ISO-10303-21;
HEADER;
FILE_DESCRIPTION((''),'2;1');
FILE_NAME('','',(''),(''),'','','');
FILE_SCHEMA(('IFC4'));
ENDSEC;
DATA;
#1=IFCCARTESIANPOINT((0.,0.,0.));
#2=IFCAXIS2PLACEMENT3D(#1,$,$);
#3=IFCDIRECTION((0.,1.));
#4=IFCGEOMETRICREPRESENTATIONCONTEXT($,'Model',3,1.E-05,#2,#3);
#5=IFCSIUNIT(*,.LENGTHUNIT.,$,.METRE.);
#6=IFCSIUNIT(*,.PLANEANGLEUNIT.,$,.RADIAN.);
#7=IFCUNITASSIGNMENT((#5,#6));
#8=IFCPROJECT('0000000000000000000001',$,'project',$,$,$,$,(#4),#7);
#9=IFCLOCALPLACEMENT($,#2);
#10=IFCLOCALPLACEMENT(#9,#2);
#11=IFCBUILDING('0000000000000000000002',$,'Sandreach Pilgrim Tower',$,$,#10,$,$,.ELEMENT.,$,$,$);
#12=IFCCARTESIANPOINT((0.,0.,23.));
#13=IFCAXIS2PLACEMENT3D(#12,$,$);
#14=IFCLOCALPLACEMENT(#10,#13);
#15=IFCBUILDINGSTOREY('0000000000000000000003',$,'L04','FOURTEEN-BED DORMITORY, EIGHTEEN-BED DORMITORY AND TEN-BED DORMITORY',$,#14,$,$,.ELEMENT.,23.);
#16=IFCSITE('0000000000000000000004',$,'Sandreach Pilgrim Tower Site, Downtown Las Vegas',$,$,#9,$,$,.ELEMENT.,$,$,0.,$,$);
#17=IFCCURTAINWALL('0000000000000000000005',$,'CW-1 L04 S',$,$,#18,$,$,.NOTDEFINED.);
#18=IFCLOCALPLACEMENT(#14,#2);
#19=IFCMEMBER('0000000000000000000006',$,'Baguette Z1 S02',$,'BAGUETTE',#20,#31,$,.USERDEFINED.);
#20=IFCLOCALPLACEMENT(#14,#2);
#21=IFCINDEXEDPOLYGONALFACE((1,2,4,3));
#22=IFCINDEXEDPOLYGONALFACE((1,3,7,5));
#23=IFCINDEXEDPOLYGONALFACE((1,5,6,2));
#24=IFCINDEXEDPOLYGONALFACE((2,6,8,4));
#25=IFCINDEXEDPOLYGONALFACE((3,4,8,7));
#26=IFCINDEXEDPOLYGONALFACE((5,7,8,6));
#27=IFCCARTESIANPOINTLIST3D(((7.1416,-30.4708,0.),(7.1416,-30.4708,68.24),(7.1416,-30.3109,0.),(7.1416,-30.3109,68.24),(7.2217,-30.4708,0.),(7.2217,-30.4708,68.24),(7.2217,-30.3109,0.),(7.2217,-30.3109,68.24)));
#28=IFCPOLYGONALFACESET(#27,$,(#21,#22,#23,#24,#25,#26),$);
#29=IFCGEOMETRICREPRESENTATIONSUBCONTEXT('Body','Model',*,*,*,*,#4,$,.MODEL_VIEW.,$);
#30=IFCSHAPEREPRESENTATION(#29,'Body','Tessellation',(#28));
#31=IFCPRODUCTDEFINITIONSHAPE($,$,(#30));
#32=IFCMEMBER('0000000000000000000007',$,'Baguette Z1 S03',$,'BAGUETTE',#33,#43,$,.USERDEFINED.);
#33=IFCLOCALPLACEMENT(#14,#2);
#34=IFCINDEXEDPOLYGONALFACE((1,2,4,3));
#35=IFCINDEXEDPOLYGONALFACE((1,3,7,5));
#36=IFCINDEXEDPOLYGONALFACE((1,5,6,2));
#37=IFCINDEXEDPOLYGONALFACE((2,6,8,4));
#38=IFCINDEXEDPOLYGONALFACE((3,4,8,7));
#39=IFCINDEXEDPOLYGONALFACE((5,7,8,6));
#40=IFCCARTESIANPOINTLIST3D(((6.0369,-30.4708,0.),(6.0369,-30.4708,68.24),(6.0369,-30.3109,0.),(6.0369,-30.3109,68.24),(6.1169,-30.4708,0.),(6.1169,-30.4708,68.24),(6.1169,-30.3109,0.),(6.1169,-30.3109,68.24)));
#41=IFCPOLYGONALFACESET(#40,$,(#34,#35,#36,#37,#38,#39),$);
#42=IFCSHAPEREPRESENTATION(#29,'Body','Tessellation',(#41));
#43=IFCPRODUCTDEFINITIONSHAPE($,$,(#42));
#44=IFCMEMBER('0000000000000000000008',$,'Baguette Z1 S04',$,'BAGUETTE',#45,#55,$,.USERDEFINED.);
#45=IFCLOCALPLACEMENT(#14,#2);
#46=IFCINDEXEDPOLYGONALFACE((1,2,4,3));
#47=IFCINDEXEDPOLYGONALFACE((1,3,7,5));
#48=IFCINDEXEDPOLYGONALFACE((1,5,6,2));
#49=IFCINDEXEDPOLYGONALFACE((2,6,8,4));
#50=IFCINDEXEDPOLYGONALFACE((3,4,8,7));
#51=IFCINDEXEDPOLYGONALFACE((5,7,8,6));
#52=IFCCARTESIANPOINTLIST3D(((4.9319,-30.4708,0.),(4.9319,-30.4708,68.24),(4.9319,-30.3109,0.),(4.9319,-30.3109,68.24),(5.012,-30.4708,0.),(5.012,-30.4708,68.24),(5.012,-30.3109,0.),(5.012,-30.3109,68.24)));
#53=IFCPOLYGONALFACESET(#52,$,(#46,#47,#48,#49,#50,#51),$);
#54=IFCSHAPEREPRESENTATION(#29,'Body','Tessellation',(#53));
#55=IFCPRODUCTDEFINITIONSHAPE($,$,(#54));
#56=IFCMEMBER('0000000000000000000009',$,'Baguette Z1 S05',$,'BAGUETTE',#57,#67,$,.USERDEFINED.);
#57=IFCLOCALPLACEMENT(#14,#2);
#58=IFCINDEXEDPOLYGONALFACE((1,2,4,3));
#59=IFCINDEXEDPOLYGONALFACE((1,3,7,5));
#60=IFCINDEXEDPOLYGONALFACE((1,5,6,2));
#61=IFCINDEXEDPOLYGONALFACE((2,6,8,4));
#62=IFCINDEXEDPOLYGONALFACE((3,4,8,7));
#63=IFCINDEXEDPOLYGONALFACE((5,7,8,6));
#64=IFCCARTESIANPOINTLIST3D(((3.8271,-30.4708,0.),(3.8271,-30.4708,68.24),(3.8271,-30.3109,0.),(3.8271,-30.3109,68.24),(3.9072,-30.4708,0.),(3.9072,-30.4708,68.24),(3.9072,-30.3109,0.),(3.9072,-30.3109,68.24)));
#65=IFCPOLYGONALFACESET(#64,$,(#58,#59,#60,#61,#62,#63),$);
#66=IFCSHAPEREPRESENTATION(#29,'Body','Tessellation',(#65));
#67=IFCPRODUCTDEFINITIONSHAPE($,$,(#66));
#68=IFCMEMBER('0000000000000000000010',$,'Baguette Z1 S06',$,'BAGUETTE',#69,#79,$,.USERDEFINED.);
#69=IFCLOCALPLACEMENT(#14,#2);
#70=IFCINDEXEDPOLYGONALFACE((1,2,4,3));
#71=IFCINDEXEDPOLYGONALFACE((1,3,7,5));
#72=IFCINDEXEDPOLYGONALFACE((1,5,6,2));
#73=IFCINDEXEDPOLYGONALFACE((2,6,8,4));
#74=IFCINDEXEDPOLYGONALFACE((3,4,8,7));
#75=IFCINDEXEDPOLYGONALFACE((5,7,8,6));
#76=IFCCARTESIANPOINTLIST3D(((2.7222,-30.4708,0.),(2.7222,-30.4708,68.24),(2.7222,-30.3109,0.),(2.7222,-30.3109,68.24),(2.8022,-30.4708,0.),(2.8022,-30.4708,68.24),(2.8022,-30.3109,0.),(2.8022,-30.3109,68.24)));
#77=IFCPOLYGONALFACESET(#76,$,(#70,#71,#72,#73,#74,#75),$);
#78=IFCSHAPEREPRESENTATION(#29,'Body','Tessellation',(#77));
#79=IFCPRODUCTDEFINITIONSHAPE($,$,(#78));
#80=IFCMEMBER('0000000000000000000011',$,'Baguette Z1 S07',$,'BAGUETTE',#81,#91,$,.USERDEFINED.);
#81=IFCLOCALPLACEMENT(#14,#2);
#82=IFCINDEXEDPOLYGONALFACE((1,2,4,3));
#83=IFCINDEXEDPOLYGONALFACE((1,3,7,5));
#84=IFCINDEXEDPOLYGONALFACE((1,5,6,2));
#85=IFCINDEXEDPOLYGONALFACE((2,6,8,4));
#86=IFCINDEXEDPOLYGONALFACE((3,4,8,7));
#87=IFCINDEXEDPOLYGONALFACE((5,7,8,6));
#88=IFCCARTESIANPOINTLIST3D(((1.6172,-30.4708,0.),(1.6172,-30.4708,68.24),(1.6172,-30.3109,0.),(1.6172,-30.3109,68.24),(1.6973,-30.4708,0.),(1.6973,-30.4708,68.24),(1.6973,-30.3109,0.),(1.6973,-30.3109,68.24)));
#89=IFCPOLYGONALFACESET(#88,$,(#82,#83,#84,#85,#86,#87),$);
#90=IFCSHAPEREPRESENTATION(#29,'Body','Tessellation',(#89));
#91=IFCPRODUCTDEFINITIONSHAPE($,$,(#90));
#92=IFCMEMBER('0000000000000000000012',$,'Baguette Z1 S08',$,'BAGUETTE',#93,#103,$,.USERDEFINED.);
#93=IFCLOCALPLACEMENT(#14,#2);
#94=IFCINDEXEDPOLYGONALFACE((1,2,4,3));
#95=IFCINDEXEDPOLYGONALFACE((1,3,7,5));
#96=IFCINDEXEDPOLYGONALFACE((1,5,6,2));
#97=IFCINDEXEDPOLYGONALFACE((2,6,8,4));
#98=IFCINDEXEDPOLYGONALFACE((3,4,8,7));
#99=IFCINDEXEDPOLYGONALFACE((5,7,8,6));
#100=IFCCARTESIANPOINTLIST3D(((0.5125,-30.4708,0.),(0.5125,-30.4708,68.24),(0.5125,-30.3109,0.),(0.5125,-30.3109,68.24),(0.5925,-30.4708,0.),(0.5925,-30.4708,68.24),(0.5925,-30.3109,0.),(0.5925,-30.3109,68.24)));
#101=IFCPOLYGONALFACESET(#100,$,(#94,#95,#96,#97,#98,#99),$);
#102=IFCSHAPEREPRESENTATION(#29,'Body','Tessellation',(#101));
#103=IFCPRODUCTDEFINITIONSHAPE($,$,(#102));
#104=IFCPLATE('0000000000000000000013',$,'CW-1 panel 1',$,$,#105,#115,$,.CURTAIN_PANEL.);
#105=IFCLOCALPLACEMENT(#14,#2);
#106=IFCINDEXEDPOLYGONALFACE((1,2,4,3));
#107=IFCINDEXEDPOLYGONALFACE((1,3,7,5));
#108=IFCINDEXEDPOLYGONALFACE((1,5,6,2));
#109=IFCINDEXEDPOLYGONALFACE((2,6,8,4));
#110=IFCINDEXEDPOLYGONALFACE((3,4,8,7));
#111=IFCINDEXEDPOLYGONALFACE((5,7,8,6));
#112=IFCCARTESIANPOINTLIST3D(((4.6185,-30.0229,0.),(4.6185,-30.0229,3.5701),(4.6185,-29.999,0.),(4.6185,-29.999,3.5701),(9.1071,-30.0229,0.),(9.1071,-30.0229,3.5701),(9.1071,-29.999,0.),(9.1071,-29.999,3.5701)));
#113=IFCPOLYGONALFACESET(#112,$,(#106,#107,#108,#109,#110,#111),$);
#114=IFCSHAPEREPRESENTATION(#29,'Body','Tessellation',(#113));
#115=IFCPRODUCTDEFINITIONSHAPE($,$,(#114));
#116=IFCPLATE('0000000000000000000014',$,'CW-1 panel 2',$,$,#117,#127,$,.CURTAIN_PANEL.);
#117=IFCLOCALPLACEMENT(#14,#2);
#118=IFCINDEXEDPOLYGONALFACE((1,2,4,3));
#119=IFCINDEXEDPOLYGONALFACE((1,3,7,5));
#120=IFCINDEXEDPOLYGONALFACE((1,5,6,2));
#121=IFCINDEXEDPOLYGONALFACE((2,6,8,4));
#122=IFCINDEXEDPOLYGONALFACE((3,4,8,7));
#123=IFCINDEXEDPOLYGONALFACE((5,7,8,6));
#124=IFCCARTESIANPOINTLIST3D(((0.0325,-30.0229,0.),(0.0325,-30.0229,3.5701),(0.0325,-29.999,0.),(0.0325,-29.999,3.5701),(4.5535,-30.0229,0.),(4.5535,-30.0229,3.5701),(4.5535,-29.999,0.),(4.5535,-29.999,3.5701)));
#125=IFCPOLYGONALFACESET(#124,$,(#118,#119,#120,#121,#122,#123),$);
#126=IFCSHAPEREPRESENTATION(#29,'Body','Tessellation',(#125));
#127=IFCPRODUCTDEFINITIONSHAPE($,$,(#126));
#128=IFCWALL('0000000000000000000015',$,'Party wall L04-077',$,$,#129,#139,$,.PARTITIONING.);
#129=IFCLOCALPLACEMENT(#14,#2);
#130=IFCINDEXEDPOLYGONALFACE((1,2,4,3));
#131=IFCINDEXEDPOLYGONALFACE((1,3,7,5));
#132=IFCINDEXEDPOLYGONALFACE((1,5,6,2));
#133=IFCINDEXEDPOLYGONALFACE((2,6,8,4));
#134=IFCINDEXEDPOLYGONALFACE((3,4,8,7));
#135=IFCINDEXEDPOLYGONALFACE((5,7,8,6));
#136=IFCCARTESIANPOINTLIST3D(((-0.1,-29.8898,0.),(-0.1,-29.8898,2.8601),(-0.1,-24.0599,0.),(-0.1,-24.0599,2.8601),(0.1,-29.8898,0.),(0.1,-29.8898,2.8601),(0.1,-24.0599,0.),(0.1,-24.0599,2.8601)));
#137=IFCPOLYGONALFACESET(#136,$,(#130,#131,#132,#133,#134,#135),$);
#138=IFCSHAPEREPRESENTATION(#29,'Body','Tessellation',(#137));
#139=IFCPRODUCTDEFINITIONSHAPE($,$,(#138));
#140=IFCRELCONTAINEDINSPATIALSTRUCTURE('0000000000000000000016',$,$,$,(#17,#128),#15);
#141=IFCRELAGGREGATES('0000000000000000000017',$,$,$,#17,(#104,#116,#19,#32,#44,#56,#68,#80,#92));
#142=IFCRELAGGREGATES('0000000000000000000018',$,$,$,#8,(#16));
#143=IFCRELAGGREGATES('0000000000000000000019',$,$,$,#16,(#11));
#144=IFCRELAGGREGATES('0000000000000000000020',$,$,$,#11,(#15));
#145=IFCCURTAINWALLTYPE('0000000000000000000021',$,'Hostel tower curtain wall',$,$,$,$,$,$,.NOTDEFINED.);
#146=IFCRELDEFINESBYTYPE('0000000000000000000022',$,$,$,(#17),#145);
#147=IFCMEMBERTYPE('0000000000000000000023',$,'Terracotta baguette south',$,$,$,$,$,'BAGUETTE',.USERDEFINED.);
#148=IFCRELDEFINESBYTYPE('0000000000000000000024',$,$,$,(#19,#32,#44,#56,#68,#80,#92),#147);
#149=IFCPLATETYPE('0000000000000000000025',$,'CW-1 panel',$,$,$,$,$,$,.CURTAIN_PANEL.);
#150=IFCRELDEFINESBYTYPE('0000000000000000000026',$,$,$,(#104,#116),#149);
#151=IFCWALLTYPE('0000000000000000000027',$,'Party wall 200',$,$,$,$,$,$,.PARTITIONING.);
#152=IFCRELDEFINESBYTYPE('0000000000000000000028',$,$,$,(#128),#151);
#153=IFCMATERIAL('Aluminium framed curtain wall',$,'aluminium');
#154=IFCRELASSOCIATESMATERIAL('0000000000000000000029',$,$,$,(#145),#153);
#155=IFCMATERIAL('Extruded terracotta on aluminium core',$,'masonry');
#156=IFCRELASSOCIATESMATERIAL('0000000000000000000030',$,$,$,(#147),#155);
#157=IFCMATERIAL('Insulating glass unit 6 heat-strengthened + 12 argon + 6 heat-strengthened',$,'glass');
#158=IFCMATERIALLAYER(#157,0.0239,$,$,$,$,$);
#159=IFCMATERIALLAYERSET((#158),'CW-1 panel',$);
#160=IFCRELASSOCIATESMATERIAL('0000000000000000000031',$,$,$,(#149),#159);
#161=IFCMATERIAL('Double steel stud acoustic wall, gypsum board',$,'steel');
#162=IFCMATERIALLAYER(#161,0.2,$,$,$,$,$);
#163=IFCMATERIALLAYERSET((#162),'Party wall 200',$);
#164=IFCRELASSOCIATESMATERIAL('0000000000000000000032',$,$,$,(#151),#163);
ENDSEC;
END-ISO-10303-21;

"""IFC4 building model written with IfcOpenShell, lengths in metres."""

from ifc_helpers import new_model, si_unit, direction, frame, frame_2d, origin, origin_2d, place, context, subcontext, project, spatial, rectangle, extrude, material, layer, layer_set, material_profile, profile_set, type_object, element, aggregate, save


model = new_model("IFC4")

# Units and contexts
model_context = context("Model", 3, precision=1e-05, world=origin(), true_north=direction((0.0, 1.0)))
body_context = subcontext(model_context, "Body", "Model", "MODEL_VIEW")
ifc_project = project(units=[si_unit("LENGTHUNIT", "METRE"), si_unit("PLANEANGLEUNIT", "RADIAN")], contexts=[model_context])

# Site, building, storey
site_placement = place(None, origin())
site = spatial("IfcSite", under=ifc_project, at=site_placement, Name="Sandreach Pilgrim Tower Site, Downtown Las Vegas", CompositionType="ELEMENT", RefElevation=0.0)
building_placement = place(site_placement, origin())
building = spatial("IfcBuilding", under=site, at=building_placement, Name="Sandreach Pilgrim Tower", CompositionType="ELEMENT")
storey_placement = place(building_placement, frame((0.0, 0.0, 23.0)))
storey = spatial("IfcBuildingStorey", under=building, at=storey_placement, Name="L04", Description="FOURTEEN-BED DORMITORY, EIGHTEEN-BED DORMITORY AND TEN-BED DORMITORY", CompositionType="ELEMENT", Elevation=23.0)

# Curtain wall
ifc_material_1 = material(Name="Aluminium framed curtain wall", Category="aluminium")
curtain_wall_type = type_object("IfcCurtainWallType", Name="Hostel tower curtain wall", PredefinedType="NOTDEFINED", material=ifc_material_1)
curtain_wall_placement = place(storey_placement, origin())
curtain_wall = element("IfcCurtainWall", 1, at=curtain_wall_placement, inside=storey, type_object=curtain_wall_type, Name="CW-1 L04 S", PredefinedType="NOTDEFINED")

# Members
ifc_material_2 = material(Name="Extruded terracotta on aluminium core", Category="masonry")
ifc_material_profile_1 = material_profile(ifc_material_2, rectangle(XDim=0.0801, YDim=0.1599, at=origin_2d()), Name="TBS 80X160")
ifc_profile_set_1 = profile_set([ifc_material_profile_1], Name="Extruded terracotta on aluminium core")
member_type_1 = type_object("IfcMemberType", Name="Terracotta baguette south", ElementType="BAGUETTE", PredefinedType="USERDEFINED", material=ifc_profile_set_1)
member_1_placement = place(storey_placement, frame((7.1816, -30.3909, 0.0), z_axis=(0.0, 0.0, 1.0), x_axis=(-1.0, 0.0, 0.0)))
member_1 = element("IfcMember", 2, at=member_1_placement, type_object=member_type_1, Name="Baguette Z1 S02", ObjectType="BAGUETTE", PredefinedType="USERDEFINED", context=body_context, shape_type="SweptSolid", body=[
    extrude(rectangle(XDim=0.0801, YDim=0.1599, at=origin_2d()), origin(), (0.0, 0.0, 1.0), 68.24),
])
member_2_placement = place(storey_placement, frame((6.0769, -30.3909, 0.0), z_axis=(0.0, 0.0, 1.0), x_axis=(-1.0, 0.0, 0.0)))
member_2 = element("IfcMember", 3, at=member_2_placement, type_object=member_type_1, Name="Baguette Z1 S03", ObjectType="BAGUETTE", PredefinedType="USERDEFINED", context=body_context, shape_type="SweptSolid", body=[
    extrude(rectangle(XDim=0.0801, YDim=0.1599, at=origin_2d()), origin(), (0.0, 0.0, 1.0), 68.24),
])
member_3_placement = place(storey_placement, frame((4.9719, -30.3909, 0.0), z_axis=(0.0, 0.0, 1.0), x_axis=(-1.0, 0.0, 0.0)))
member_3 = element("IfcMember", 4, at=member_3_placement, type_object=member_type_1, Name="Baguette Z1 S04", ObjectType="BAGUETTE", PredefinedType="USERDEFINED", context=body_context, shape_type="SweptSolid", body=[
    extrude(rectangle(XDim=0.0801, YDim=0.1599, at=origin_2d()), origin(), (0.0, 0.0, 1.0), 68.24),
])
member_4_placement = place(storey_placement, frame((3.8672, -30.3909, 0.0), z_axis=(0.0, 0.0, 1.0), x_axis=(-1.0, 0.0, 0.0)))
member_4 = element("IfcMember", 5, at=member_4_placement, type_object=member_type_1, Name="Baguette Z1 S05", ObjectType="BAGUETTE", PredefinedType="USERDEFINED", context=body_context, shape_type="SweptSolid", body=[
    extrude(rectangle(XDim=0.0801, YDim=0.1599, at=origin_2d()), origin(), (0.0, 0.0, 1.0), 68.24),
])
member_5_placement = place(storey_placement, frame((2.7622, -30.3909, 0.0), z_axis=(0.0, 0.0, 1.0), x_axis=(-1.0, 0.0, 0.0)))
member_5 = element("IfcMember", 6, at=member_5_placement, type_object=member_type_1, Name="Baguette Z1 S06", ObjectType="BAGUETTE", PredefinedType="USERDEFINED", context=body_context, shape_type="SweptSolid", body=[
    extrude(rectangle(XDim=0.0801, YDim=0.1599, at=origin_2d()), origin(), (0.0, 0.0, 1.0), 68.24),
])
member_6_placement = place(storey_placement, frame((1.6572, -30.3909, 0.0), z_axis=(0.0, 0.0, 1.0), x_axis=(-1.0, 0.0, 0.0)))
member_6 = element("IfcMember", 7, at=member_6_placement, type_object=member_type_1, Name="Baguette Z1 S07", ObjectType="BAGUETTE", PredefinedType="USERDEFINED", context=body_context, shape_type="SweptSolid", body=[
    extrude(rectangle(XDim=0.0801, YDim=0.1599, at=origin_2d()), origin(), (0.0, 0.0, 1.0), 68.24),
])
member_7_placement = place(storey_placement, frame((0.5525, -30.3909, 0.0), z_axis=(0.0, 0.0, 1.0), x_axis=(-1.0, 0.0, 0.0)))
member_7 = element("IfcMember", 8, at=member_7_placement, type_object=member_type_1, Name="Baguette Z1 S08", ObjectType="BAGUETTE", PredefinedType="USERDEFINED", context=body_context, shape_type="SweptSolid", body=[
    extrude(rectangle(XDim=0.0801, YDim=0.1599, at=origin_2d()), origin(), (0.0, 0.0, 1.0), 68.24),
])

# Plates
ifc_material_3 = material(Name="Insulating glass unit 6 heat-strengthened + 12 argon + 6 heat-strengthened", Category="glass")
ifc_layer_1 = layer(ifc_material_3, 0.0239)
ifc_layer_set_1 = layer_set([ifc_layer_1], Name="CW-1 panel")
plate_type = type_object("IfcPlateType", Name="CW-1 panel", PredefinedType="CURTAIN_PANEL", material=ifc_layer_set_1)
plate_1_placement = place(storey_placement, frame((6.8628, -30.011, 0.0), z_axis=(0.0, 0.0, 1.0), x_axis=(-1.0, 0.0, 0.0)))
plate_1 = element("IfcPlate", 9, at=plate_1_placement, type_object=plate_type, Name="CW-1 panel 1", PredefinedType="CURTAIN_PANEL", context=body_context, shape_type="SweptSolid", body=[
    extrude(rectangle(XDim=4.4885, YDim=0.0239, at=origin_2d()), origin(), (0.0, 0.0, 1.0), 3.5701),
])
plate_2_placement = place(storey_placement, frame((2.293, -30.011, 0.0), z_axis=(0.0, 0.0, 1.0), x_axis=(-1.0, 0.0, 0.0)))
plate_2 = element("IfcPlate", 10, at=plate_2_placement, type_object=plate_type, Name="CW-1 panel 2", PredefinedType="CURTAIN_PANEL", context=body_context, shape_type="SweptSolid", body=[
    extrude(rectangle(XDim=4.521, YDim=0.0239, at=origin_2d()), origin(), (0.0, 0.0, 1.0), 3.5701),
])
aggregate(curtain_wall, [plate_1, plate_2, member_1, member_2, member_3, member_4, member_5, member_6, member_7])

# Wall
ifc_material_4 = material(Name="Double steel stud acoustic wall, gypsum board", Category="steel")
ifc_layer_2 = layer(ifc_material_4, 0.2)
ifc_layer_set_2 = layer_set([ifc_layer_2], Name="Party wall 200")
wall_type = type_object("IfcWallType", Name="Party wall 200", PredefinedType="PARTITIONING", material=ifc_layer_set_2)
wall_placement = place(storey_placement, frame((0.0, -29.8899, 0.0), z_axis=(0.0, 0.0, 1.0), x_axis=(0.0, 1.0, 0.0)))
element("IfcWall", 11, at=wall_placement, inside=storey, type_object=wall_type, Name="Party wall L04-077", PredefinedType="PARTITIONING", context=body_context, shape_type="SweptSolid", body=[
    extrude(rectangle(XDim=5.8298, YDim=0.2, at=frame_2d((2.915, 0.0))), origin(), (0.0, 0.0, 1.0), 2.8601),
])

save(model, "model.ifc")
